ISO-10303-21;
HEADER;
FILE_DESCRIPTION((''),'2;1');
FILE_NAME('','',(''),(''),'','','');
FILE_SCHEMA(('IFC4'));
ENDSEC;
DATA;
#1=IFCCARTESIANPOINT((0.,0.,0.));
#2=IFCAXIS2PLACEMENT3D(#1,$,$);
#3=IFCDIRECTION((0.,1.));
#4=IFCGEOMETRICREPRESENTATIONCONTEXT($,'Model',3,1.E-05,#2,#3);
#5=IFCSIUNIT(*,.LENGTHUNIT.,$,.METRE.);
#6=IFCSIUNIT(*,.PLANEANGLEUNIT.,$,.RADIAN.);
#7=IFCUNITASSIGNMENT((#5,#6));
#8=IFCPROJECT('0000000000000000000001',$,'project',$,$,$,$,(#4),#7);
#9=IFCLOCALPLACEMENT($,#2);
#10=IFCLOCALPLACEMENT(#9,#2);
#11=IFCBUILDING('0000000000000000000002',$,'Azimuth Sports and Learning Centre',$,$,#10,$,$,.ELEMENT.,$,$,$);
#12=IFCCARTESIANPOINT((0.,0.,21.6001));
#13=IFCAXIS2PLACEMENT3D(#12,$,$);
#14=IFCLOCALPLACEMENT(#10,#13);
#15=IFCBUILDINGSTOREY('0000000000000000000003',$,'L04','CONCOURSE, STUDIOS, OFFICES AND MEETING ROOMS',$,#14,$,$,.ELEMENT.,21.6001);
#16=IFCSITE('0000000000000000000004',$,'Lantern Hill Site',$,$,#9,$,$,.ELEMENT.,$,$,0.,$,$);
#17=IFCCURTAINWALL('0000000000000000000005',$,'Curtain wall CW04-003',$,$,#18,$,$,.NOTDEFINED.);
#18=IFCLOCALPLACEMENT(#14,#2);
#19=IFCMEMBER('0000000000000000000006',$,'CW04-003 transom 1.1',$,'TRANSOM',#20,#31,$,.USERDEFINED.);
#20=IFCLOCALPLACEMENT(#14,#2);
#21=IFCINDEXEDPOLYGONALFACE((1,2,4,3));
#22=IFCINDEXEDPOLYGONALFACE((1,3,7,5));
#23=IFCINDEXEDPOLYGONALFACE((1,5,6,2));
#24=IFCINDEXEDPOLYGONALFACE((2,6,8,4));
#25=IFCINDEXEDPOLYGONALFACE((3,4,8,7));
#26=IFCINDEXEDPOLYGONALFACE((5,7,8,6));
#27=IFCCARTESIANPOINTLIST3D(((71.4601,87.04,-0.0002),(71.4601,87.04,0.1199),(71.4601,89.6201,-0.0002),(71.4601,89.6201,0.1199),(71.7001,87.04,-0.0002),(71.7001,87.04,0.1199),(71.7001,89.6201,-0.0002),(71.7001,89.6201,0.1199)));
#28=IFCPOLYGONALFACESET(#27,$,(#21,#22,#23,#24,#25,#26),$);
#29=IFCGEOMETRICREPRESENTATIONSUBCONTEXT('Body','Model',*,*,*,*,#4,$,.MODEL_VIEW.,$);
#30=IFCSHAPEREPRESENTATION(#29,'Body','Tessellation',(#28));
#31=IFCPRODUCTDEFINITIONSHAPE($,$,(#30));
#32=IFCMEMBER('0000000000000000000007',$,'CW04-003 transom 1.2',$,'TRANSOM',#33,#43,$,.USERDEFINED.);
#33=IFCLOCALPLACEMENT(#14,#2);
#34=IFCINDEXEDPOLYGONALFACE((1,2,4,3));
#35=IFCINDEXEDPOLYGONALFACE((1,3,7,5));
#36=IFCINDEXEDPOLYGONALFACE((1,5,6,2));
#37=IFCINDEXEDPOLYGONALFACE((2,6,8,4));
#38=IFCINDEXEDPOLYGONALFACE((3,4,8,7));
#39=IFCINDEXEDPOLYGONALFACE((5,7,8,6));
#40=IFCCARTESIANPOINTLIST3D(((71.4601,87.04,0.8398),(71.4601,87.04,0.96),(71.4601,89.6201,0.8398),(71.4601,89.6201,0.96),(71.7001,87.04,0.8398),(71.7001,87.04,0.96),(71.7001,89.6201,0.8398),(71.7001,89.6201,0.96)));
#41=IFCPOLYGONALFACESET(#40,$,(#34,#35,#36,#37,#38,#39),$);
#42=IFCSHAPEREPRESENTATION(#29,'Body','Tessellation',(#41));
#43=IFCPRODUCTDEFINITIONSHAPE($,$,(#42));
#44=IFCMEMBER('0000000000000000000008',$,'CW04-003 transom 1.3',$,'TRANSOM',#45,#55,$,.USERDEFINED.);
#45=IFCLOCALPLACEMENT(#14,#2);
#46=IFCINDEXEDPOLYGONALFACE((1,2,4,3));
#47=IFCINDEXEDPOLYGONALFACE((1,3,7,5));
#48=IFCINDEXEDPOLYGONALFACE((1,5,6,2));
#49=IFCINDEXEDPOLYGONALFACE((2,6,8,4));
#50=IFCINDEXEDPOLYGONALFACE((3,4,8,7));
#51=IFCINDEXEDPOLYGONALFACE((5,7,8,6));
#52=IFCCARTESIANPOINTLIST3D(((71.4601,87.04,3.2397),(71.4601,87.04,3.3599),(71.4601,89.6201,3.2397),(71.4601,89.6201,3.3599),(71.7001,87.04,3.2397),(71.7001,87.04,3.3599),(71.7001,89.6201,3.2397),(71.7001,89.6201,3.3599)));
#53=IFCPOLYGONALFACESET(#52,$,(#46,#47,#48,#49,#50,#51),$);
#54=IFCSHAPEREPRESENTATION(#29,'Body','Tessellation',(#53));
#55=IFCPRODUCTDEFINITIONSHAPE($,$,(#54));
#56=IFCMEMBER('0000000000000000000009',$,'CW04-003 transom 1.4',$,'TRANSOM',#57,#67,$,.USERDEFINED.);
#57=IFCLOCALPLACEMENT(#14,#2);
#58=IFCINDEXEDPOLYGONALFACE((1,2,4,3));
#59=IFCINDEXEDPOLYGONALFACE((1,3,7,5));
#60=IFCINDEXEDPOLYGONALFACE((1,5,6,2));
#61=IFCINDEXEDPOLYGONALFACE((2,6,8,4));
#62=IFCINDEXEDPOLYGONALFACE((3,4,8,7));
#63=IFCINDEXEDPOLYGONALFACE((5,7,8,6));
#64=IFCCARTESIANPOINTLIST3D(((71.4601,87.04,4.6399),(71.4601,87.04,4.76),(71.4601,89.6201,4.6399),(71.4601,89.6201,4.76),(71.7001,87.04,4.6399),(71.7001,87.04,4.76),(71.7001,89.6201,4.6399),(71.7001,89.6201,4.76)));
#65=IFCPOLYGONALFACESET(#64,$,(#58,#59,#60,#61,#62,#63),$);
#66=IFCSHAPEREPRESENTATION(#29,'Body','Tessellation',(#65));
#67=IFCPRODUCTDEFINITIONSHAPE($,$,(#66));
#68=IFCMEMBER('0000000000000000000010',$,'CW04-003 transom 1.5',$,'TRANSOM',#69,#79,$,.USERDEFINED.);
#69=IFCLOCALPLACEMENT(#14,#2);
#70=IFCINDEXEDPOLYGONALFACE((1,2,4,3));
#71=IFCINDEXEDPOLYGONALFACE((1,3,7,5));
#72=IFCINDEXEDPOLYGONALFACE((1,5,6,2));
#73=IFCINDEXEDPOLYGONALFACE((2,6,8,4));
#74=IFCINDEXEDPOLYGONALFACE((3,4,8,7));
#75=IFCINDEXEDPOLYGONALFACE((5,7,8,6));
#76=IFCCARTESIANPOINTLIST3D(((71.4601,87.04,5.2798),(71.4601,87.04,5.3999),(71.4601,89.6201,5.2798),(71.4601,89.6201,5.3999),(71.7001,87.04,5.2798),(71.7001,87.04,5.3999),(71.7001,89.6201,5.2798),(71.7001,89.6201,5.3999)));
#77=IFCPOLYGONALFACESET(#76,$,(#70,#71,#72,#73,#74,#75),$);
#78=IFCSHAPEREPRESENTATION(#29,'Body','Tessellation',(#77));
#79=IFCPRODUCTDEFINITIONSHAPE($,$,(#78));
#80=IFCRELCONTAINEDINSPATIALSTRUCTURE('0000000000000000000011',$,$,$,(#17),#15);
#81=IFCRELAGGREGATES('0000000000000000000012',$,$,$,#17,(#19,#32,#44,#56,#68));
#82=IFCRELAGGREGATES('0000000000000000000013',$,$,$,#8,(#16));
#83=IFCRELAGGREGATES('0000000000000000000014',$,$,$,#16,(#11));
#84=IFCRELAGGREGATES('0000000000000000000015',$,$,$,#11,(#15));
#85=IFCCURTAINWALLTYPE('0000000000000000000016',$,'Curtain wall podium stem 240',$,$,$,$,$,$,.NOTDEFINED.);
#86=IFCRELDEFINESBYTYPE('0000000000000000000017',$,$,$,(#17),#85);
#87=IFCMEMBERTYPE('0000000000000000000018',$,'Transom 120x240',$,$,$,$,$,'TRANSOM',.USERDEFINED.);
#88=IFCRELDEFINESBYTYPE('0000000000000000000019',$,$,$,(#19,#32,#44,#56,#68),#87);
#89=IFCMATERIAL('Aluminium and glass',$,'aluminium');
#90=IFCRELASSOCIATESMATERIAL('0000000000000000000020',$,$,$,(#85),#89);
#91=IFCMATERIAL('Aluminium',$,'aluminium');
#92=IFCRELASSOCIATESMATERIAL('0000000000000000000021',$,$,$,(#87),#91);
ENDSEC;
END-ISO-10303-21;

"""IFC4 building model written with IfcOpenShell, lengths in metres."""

from ifc_helpers import new_model, si_unit, direction, frame, origin, origin_2d, place, context, subcontext, project, spatial, rectangle, extrude, material, material_profile, profile_set, type_object, element, aggregate, save


model = new_model("IFC4")

# Units and contexts
model_context = context("Model", 3, precision=1e-05, world=origin(), true_north=direction((0.0, 1.0)))
body_context = subcontext(model_context, "Body", "Model", "MODEL_VIEW")
ifc_project = project(units=[si_unit("LENGTHUNIT", "METRE"), si_unit("PLANEANGLEUNIT", "RADIAN")], contexts=[model_context])

# Site, building, storey
site_placement = place(None, origin())
site = spatial("IfcSite", under=ifc_project, at=site_placement, Name="Lantern Hill Site", CompositionType="ELEMENT", RefElevation=0.0)
building_placement = place(site_placement, origin())
building = spatial("IfcBuilding", under=site, at=building_placement, Name="Azimuth Sports and Learning Centre", CompositionType="ELEMENT")
storey_placement = place(building_placement, frame((0.0, 0.0, 21.6001)))
storey = spatial("IfcBuildingStorey", under=building, at=storey_placement, Name="L04", Description="CONCOURSE, STUDIOS, OFFICES AND MEETING ROOMS", CompositionType="ELEMENT", Elevation=21.6001)

# Curtain wall, members
ifc_material_1 = material(Name="Aluminium and glass", Category="aluminium")
curtain_wall_type = type_object("IfcCurtainWallType", Name="Curtain wall podium stem 240", PredefinedType="NOTDEFINED", material=ifc_material_1)
curtain_wall_placement = place(storey_placement, origin())
curtain_wall = element("IfcCurtainWall", 1, at=curtain_wall_placement, inside=storey, type_object=curtain_wall_type, Name="Curtain wall CW04-003", PredefinedType="NOTDEFINED")
ifc_material_2 = material(Name="Aluminium", Category="aluminium")
ifc_material_profile_1 = material_profile(ifc_material_2, rectangle(XDim=0.24, YDim=0.1201, at=origin_2d()), Name="Transom 120x240")
ifc_profile_set_1 = profile_set([ifc_material_profile_1], Name="Aluminium")
member_type_1 = type_object("IfcMemberType", Name="Transom 120x240", ElementType="TRANSOM", PredefinedType="USERDEFINED", material=ifc_profile_set_1)
member_1_placement = place(storey_placement, frame((71.5801, 89.6201, 0.0598), z_axis=(0.0, -1.0, 0.0), x_axis=(1.0, 0.0, 0.0)))
member_1 = element("IfcMember", 2, at=member_1_placement, type_object=member_type_1, Name="CW04-003 transom 1.1", ObjectType="TRANSOM", PredefinedType="USERDEFINED", context=body_context, shape_type="SweptSolid", body=[
    extrude(rectangle(XDim=0.24, YDim=0.1201, at=origin_2d()), origin(), (0.0, 0.0, 1.0), 2.5801),
])
member_2_placement = place(storey_placement, frame((71.5801, 89.6201, 0.8999), z_axis=(0.0, -1.0, 0.0), x_axis=(1.0, 0.0, 0.0)))
member_2 = element("IfcMember", 3, at=member_2_placement, type_object=member_type_1, Name="CW04-003 transom 1.2", ObjectType="TRANSOM", PredefinedType="USERDEFINED", context=body_context, shape_type="SweptSolid", body=[
    extrude(rectangle(XDim=0.24, YDim=0.1201, at=origin_2d()), origin(), (0.0, 0.0, 1.0), 2.5801),
])
member_3_placement = place(storey_placement, frame((71.5801, 89.6201, 3.2998), z_axis=(0.0, -1.0, 0.0), x_axis=(1.0, 0.0, 0.0)))
member_3 = element("IfcMember", 4, at=member_3_placement, type_object=member_type_1, Name="CW04-003 transom 1.3", ObjectType="TRANSOM", PredefinedType="USERDEFINED", context=body_context, shape_type="SweptSolid", body=[
    extrude(rectangle(XDim=0.24, YDim=0.1201, at=origin_2d()), origin(), (0.0, 0.0, 1.0), 2.5801),
])
member_4_placement = place(storey_placement, frame((71.5801, 89.6201, 4.7), z_axis=(0.0, -1.0, 0.0), x_axis=(1.0, 0.0, 0.0)))
member_4 = element("IfcMember", 5, at=member_4_placement, type_object=member_type_1, Name="CW04-003 transom 1.4", ObjectType="TRANSOM", PredefinedType="USERDEFINED", context=body_context, shape_type="SweptSolid", body=[
    extrude(rectangle(XDim=0.24, YDim=0.1201, at=origin_2d()), origin(), (0.0, 0.0, 1.0), 2.5801),
])
member_5_placement = place(storey_placement, frame((71.5801, 89.6201, 5.3398), z_axis=(0.0, -1.0, 0.0), x_axis=(1.0, 0.0, 0.0)))
member_5 = element("IfcMember", 6, at=member_5_placement, type_object=member_type_1, Name="CW04-003 transom 1.5", ObjectType="TRANSOM", PredefinedType="USERDEFINED", context=body_context, shape_type="SweptSolid", body=[
    extrude(rectangle(XDim=0.24, YDim=0.1201, at=origin_2d()), origin(), (0.0, 0.0, 1.0), 2.5801),
])
aggregate(curtain_wall, [member_1, member_2, member_3, member_4, member_5])

save(model, "model.ifc")
